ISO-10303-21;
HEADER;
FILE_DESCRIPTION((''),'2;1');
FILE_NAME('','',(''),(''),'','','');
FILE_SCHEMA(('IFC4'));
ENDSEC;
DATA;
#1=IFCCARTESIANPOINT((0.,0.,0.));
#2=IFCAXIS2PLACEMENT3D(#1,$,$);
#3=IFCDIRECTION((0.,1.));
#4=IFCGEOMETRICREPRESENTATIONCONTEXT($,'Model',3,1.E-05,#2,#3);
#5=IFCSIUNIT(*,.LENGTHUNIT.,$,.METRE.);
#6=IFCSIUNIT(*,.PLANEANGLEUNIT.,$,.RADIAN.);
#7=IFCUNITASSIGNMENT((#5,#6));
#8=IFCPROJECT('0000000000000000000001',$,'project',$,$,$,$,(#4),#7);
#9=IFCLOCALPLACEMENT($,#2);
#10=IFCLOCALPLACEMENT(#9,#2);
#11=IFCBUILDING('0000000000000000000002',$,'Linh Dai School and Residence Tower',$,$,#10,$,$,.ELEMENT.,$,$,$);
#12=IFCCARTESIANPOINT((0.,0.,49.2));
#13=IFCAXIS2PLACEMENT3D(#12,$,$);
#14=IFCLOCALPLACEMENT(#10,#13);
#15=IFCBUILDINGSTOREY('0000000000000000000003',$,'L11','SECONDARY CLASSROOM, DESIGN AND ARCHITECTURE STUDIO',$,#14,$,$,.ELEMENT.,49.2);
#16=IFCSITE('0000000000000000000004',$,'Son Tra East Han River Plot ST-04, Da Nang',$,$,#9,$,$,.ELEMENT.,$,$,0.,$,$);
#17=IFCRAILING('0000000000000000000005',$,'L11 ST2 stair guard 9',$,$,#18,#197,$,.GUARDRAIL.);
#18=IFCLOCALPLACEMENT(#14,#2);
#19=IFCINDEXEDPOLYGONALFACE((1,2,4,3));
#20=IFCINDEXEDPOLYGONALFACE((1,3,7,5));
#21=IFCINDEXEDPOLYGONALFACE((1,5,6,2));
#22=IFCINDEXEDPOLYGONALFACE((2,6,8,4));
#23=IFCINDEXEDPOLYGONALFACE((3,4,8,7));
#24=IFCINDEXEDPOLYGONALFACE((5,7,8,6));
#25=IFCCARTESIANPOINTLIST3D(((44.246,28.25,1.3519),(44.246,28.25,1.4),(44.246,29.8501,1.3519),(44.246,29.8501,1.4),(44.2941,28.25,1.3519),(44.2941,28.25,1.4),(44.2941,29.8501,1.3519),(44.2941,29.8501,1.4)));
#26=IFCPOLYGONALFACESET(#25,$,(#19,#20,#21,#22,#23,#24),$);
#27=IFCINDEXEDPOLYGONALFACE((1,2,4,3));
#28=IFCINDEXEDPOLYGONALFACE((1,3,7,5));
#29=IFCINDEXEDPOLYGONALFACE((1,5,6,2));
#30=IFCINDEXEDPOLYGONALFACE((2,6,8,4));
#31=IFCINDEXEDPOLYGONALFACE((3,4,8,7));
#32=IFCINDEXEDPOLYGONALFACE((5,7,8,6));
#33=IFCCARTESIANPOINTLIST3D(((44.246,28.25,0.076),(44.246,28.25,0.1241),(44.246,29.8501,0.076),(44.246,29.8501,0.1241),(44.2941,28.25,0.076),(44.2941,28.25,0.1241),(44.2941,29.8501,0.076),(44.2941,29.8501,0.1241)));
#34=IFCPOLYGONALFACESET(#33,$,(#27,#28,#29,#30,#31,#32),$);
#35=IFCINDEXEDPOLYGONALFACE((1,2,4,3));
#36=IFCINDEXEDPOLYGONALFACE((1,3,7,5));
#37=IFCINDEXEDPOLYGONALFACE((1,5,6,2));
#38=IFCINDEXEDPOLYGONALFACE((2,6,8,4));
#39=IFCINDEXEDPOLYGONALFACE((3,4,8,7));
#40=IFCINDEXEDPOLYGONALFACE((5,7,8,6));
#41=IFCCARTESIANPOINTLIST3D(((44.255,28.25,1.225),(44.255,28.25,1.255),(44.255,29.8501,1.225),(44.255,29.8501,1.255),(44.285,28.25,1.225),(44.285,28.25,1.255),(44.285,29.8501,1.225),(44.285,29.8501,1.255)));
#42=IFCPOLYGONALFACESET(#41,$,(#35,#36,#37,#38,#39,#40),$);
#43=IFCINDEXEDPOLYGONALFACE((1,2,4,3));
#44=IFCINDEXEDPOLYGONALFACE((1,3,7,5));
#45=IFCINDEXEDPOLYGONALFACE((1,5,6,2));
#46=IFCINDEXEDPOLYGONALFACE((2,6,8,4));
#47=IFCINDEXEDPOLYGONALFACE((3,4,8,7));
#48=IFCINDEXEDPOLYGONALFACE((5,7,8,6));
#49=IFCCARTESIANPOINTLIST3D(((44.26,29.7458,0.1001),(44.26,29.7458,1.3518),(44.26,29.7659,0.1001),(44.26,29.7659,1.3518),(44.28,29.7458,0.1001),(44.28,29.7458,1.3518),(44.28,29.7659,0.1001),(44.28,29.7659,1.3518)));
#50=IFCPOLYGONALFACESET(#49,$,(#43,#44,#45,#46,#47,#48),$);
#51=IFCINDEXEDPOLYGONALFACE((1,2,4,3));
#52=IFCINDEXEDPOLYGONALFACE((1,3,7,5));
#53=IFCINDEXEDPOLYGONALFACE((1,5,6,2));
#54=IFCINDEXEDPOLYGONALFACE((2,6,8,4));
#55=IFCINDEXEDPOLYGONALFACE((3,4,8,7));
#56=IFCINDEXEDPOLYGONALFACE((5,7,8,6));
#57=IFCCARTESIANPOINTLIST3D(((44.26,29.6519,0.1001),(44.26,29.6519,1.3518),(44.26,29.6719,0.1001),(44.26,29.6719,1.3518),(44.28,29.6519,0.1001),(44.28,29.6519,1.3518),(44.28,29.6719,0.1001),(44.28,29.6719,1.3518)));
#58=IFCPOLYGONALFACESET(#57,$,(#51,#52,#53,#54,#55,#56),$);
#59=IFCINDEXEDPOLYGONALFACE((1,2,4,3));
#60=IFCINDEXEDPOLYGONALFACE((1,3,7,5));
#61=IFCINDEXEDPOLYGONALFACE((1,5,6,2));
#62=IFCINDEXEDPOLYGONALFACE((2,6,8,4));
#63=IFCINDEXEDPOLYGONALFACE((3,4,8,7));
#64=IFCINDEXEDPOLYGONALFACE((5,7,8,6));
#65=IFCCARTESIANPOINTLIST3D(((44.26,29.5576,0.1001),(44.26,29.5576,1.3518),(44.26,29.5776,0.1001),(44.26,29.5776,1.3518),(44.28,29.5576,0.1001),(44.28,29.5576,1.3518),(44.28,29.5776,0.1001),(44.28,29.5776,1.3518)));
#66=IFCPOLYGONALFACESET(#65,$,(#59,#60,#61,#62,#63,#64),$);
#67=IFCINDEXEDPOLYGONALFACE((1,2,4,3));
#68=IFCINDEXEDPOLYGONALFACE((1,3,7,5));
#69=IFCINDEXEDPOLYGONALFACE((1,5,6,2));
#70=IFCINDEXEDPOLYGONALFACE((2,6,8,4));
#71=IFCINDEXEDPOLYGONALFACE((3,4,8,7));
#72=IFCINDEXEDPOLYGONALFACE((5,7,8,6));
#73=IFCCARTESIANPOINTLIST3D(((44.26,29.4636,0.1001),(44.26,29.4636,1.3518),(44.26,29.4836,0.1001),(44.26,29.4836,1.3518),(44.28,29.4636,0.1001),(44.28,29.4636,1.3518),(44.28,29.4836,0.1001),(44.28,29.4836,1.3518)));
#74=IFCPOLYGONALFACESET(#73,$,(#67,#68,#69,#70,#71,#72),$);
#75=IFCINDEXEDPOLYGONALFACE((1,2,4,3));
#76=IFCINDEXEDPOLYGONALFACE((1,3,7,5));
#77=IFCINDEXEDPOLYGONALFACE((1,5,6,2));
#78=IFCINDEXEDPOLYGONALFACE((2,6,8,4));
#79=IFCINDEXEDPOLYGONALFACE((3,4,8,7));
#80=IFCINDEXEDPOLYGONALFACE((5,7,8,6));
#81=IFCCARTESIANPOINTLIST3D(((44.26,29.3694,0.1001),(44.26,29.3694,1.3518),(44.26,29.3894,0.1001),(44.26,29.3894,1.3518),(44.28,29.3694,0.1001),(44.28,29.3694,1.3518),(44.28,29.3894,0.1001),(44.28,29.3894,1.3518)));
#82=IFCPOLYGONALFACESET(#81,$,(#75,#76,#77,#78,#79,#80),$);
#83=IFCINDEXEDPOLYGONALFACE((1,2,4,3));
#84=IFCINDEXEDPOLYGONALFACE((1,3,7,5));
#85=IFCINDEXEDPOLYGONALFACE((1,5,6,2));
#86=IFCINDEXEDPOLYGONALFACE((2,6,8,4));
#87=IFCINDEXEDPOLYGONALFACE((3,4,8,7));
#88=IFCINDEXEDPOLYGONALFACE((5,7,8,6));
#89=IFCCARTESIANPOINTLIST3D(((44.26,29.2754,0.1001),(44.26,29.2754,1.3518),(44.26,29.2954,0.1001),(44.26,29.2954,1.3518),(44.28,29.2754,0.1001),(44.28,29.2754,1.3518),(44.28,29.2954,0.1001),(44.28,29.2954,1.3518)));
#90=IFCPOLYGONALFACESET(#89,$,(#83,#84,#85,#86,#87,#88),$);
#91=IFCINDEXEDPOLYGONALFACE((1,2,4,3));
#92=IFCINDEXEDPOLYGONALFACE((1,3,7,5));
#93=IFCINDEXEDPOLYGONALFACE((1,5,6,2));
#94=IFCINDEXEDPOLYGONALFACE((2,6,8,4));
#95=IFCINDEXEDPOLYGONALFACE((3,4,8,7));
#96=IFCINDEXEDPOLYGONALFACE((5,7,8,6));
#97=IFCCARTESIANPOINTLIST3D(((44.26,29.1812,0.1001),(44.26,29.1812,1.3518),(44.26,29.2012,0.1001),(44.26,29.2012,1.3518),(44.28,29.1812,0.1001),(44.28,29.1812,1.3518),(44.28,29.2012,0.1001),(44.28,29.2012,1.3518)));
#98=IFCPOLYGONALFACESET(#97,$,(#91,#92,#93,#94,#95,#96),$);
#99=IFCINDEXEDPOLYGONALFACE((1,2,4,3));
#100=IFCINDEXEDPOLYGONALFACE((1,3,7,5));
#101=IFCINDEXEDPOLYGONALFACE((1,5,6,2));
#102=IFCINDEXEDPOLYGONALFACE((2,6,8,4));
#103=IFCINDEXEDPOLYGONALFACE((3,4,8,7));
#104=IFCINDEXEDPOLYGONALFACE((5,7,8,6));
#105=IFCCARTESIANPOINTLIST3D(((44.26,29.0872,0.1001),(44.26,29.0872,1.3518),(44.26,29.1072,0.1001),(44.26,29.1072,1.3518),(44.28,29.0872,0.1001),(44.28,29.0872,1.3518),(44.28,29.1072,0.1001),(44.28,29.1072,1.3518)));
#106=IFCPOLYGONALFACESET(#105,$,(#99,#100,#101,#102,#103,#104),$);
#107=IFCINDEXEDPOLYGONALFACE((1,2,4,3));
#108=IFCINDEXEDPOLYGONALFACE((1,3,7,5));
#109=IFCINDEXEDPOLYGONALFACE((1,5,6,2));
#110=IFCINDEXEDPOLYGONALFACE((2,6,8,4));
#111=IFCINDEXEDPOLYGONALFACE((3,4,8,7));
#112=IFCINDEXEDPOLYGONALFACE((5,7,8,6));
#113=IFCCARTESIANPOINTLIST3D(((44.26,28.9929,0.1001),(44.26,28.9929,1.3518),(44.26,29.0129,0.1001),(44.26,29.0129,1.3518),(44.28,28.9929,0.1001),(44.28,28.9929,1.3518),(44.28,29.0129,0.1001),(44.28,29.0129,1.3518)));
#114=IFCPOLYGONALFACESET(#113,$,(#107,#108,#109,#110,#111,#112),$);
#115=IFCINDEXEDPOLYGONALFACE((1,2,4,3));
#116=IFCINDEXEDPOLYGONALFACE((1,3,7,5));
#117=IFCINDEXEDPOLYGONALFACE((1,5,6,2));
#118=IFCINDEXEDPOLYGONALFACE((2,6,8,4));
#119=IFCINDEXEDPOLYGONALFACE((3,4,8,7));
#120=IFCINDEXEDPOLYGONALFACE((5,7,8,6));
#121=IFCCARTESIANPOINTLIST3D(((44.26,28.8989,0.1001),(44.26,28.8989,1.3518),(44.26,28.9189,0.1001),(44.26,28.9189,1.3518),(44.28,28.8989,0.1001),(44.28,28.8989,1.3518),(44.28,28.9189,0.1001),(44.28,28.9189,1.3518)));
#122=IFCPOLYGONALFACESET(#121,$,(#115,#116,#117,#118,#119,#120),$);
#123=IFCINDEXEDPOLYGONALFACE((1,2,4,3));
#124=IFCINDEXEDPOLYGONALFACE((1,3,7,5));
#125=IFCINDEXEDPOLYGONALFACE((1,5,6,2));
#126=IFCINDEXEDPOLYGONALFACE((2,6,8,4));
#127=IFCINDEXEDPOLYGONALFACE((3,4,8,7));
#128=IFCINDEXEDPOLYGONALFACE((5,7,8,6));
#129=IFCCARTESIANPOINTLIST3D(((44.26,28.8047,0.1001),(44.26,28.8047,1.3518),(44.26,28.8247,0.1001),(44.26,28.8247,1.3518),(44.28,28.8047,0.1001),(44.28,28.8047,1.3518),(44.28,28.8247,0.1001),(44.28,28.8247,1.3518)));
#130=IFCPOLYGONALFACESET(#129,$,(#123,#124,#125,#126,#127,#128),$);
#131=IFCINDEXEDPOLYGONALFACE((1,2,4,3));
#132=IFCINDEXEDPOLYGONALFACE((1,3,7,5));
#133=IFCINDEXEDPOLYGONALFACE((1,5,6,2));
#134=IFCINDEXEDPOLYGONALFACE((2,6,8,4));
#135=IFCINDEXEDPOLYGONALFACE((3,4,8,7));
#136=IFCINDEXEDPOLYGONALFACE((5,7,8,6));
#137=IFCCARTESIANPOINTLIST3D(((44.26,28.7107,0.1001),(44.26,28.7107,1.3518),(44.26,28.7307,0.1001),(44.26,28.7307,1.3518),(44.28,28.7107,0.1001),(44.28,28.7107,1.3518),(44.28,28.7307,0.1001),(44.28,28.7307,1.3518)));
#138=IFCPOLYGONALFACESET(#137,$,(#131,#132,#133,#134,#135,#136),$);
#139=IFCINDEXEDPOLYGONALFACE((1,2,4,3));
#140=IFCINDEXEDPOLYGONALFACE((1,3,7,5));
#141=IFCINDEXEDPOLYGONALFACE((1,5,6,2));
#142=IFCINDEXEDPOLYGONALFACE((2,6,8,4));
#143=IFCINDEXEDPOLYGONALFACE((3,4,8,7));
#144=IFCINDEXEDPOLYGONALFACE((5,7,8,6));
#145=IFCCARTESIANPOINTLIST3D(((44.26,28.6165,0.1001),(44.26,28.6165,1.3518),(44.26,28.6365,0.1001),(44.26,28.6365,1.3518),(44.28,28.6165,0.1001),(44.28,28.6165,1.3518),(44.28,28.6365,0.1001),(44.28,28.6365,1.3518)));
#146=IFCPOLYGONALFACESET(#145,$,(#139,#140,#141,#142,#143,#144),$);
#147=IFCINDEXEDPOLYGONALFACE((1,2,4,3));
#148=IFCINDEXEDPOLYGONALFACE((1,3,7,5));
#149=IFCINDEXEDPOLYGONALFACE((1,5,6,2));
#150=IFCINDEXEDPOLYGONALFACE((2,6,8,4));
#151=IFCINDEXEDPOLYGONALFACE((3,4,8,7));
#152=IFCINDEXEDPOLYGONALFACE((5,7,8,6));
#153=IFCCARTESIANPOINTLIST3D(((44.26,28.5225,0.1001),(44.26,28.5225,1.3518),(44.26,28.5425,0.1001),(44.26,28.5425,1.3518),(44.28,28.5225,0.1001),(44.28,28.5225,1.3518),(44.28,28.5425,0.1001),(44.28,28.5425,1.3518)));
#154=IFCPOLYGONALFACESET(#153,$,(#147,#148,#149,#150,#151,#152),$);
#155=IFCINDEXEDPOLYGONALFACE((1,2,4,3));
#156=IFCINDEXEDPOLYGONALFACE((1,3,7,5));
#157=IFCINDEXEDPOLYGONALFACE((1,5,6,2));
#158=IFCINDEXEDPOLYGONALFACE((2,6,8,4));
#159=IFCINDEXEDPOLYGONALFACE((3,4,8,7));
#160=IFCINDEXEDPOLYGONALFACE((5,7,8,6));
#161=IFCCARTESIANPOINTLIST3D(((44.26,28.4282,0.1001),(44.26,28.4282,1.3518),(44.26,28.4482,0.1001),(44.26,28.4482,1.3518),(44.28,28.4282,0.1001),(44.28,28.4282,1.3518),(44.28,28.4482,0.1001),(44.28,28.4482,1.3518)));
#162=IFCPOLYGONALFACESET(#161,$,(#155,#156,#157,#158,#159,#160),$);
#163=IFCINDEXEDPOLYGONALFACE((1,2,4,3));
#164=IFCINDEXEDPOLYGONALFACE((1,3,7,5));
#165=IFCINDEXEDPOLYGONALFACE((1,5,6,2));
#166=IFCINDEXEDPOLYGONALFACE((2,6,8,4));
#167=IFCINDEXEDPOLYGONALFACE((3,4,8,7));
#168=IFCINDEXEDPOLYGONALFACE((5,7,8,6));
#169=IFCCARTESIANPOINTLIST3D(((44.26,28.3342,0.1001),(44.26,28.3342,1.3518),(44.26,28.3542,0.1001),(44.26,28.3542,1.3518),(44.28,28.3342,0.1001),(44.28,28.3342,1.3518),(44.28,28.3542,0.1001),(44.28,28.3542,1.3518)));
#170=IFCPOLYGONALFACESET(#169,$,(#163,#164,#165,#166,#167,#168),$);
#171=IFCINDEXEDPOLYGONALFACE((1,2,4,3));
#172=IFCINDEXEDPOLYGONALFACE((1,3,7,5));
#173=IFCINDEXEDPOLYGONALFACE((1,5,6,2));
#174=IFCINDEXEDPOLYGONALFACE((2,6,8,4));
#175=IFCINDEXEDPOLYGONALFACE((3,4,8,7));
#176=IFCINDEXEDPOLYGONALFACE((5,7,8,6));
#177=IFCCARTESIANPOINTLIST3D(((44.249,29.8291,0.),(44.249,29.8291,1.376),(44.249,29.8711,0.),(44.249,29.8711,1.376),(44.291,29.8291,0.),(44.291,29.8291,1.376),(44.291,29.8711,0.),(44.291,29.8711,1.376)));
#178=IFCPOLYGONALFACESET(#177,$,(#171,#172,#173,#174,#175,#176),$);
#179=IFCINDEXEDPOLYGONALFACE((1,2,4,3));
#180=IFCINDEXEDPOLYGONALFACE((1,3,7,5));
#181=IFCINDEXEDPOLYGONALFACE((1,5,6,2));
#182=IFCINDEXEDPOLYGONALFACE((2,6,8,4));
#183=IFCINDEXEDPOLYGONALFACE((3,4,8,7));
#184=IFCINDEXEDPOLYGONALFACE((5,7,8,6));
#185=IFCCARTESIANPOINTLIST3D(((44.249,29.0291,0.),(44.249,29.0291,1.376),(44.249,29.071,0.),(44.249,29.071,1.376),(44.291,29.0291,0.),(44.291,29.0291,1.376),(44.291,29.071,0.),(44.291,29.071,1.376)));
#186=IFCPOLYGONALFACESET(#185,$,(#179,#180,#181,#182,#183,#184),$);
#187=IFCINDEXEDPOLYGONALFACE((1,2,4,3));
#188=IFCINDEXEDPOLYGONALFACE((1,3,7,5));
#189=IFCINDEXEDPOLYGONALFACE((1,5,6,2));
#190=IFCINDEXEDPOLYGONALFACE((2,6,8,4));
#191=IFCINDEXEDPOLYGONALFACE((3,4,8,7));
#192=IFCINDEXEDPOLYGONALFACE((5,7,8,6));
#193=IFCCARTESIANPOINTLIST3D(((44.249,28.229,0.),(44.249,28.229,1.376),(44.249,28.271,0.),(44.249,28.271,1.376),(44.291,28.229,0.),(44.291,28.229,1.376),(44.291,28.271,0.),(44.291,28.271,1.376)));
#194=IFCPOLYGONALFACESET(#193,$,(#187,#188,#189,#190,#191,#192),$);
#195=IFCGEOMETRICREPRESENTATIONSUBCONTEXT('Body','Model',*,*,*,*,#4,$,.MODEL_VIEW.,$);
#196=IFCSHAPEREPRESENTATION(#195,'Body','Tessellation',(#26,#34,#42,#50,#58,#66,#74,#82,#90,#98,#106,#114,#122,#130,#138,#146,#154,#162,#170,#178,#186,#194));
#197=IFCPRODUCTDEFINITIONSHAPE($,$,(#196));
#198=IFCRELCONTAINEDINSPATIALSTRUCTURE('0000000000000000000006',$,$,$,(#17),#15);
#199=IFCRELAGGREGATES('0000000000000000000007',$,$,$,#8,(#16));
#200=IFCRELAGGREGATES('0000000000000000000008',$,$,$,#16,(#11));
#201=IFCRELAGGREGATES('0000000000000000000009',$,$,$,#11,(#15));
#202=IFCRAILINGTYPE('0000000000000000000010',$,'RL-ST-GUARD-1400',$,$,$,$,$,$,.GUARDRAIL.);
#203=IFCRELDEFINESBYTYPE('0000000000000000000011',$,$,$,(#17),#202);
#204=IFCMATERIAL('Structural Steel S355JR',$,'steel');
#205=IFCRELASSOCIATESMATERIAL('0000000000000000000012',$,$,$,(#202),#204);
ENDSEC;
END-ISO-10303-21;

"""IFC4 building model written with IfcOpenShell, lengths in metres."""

from ifc_helpers import new_model, si_unit, direction, frame, origin, origin_2d, place, context, subcontext, project, spatial, rectangle, extrude, source, transform, mapped, material, type_object, element, save


model = new_model("IFC4")

# Units and contexts
model_context = context("Model", 3, precision=1e-05, world=origin(), true_north=direction((0.0, 1.0)))
body_context = subcontext(model_context, "Body", "Model", "MODEL_VIEW")
ifc_project = project(units=[si_unit("LENGTHUNIT", "METRE"), si_unit("PLANEANGLEUNIT", "RADIAN")], contexts=[model_context])

# Site, building, storey
site_placement = place(None, origin())
site = spatial("IfcSite", under=ifc_project, at=site_placement, Name="Son Tra East Han River Plot ST-04, Da Nang", CompositionType="ELEMENT", RefElevation=0.0)
building_placement = place(site_placement, origin())
building = spatial("IfcBuilding", under=site, at=building_placement, Name="Linh Dai School and Residence Tower", CompositionType="ELEMENT")
storey_placement = place(building_placement, frame((0.0, 0.0, 49.2)))
storey = spatial("IfcBuildingStorey", under=building, at=storey_placement, Name="L11", Description="SECONDARY CLASSROOM, DESIGN AND ARCHITECTURE STUDIO", CompositionType="ELEMENT", Elevation=49.2)

# Shared definitions
ifc_material_1 = material(Name="Structural Steel S355JR", Category="steel")

# Railing
railing_type_1 = type_object("IfcRailingType", Name="RL-ST-GUARD-1400", PredefinedType="GUARDRAIL", material=ifc_material_1)
shared_shape_1 = source(origin(), body_context, "Body", "SweptSolid", [
    extrude(rectangle(XDim=0.0481, YDim=0.0481, at=origin_2d()), frame((0.0, 0.0, 1.376), z_axis=(0.0, -1.0, 0.0), x_axis=(1.0, 0.0, 0.0)), (0.0, 0.0, 1.0), 1.6001),
    extrude(rectangle(XDim=0.0481, YDim=0.0481, at=origin_2d()), frame((0.0, 0.0, 0.1001), z_axis=(0.0, -1.0, 0.0), x_axis=(1.0, 0.0, 0.0)), (0.0, 0.0, 1.0), 1.6001),
    extrude(rectangle(XDim=0.03, YDim=0.03, at=origin_2d()), frame((0.0, 0.0, 1.24), z_axis=(0.0, -1.0, 0.0), x_axis=(1.0, 0.0, 0.0)), (0.0, 0.0, 1.0), 1.6001),
    extrude(rectangle(XDim=0.02, YDim=0.02, at=origin_2d()), frame((0.0, -0.0942, 0.1001)), (0.0, 0.0, 1.0), 1.2517),
    extrude(rectangle(XDim=0.02, YDim=0.02, at=origin_2d()), frame((0.0, -0.1882, 0.1001)), (0.0, 0.0, 1.0), 1.2517),
    extrude(rectangle(XDim=0.02, YDim=0.02, at=origin_2d()), frame((0.0, -0.2825, 0.1001)), (0.0, 0.0, 1.0), 1.2517),
    extrude(rectangle(XDim=0.02, YDim=0.02, at=origin_2d()), frame((0.0, -0.3765, 0.1001)), (0.0, 0.0, 1.0), 1.2517),
    extrude(rectangle(XDim=0.02, YDim=0.02, at=origin_2d()), frame((0.0, -0.4707, 0.1001)), (0.0, 0.0, 1.0), 1.2517),
    extrude(rectangle(XDim=0.02, YDim=0.02, at=origin_2d()), frame((0.0, -0.5647, 0.1001)), (0.0, 0.0, 1.0), 1.2517),
    extrude(rectangle(XDim=0.02, YDim=0.02, at=origin_2d()), frame((0.0, -0.6589, 0.1001)), (0.0, 0.0, 1.0), 1.2517),
    extrude(rectangle(XDim=0.02, YDim=0.02, at=origin_2d()), frame((0.0, -0.7529, 0.1001)), (0.0, 0.0, 1.0), 1.2517),
    extrude(rectangle(XDim=0.02, YDim=0.02, at=origin_2d()), frame((0.0, -0.8472, 0.1001)), (0.0, 0.0, 1.0), 1.2517),
    extrude(rectangle(XDim=0.02, YDim=0.02, at=origin_2d()), frame((0.0, -0.9412, 0.1001)), (0.0, 0.0, 1.0), 1.2517),
    extrude(rectangle(XDim=0.02, YDim=0.02, at=origin_2d()), frame((0.0, -1.0354, 0.1001)), (0.0, 0.0, 1.0), 1.2517),
    extrude(rectangle(XDim=0.02, YDim=0.02, at=origin_2d()), frame((0.0, -1.1294, 0.1001)), (0.0, 0.0, 1.0), 1.2517),
    extrude(rectangle(XDim=0.02, YDim=0.02, at=origin_2d()), frame((0.0, -1.2236, 0.1001)), (0.0, 0.0, 1.0), 1.2517),
    extrude(rectangle(XDim=0.02, YDim=0.02, at=origin_2d()), frame((0.0, -1.3176, 0.1001)), (0.0, 0.0, 1.0), 1.2517),
    extrude(rectangle(XDim=0.02, YDim=0.02, at=origin_2d()), frame((0.0, -1.4119, 0.1001)), (0.0, 0.0, 1.0), 1.2517),
    extrude(rectangle(XDim=0.02, YDim=0.02, at=origin_2d()), frame((0.0, -1.5059, 0.1001)), (0.0, 0.0, 1.0), 1.2517),
    extrude(rectangle(XDim=0.042, YDim=0.042, at=origin_2d()), origin(), (0.0, 0.0, 1.0), 1.376),
    extrude(rectangle(XDim=0.042, YDim=0.042, at=origin_2d()), frame((0.0, -0.8, 0.0)), (0.0, 0.0, 1.0), 1.376),
    extrude(rectangle(XDim=0.042, YDim=0.042, at=origin_2d()), frame((0.0, -1.6001, 0.0)), (0.0, 0.0, 1.0), 1.376),
])
for number, where, name in (
    (1, (44.27, 29.8501, 0.0), "L11 ST2 stair guard 9"),
):
    element("IfcRailing", number, at=place(storey_placement, frame(where)), inside=storey, type_object=railing_type_1, Name=name, PredefinedType="GUARDRAIL", context=body_context, shape_type="MappedRepresentation", body=[
        mapped(shared_shape_1, transform((0.0, 0.0, 0.0), x_axis=(1.0, 0.0, 0.0), y_axis=(0.0, 1.0, 0.0), z_axis=(0.0, 0.0, 1.0), scale=1.0)),
    ])

save(model, "model.ifc")
